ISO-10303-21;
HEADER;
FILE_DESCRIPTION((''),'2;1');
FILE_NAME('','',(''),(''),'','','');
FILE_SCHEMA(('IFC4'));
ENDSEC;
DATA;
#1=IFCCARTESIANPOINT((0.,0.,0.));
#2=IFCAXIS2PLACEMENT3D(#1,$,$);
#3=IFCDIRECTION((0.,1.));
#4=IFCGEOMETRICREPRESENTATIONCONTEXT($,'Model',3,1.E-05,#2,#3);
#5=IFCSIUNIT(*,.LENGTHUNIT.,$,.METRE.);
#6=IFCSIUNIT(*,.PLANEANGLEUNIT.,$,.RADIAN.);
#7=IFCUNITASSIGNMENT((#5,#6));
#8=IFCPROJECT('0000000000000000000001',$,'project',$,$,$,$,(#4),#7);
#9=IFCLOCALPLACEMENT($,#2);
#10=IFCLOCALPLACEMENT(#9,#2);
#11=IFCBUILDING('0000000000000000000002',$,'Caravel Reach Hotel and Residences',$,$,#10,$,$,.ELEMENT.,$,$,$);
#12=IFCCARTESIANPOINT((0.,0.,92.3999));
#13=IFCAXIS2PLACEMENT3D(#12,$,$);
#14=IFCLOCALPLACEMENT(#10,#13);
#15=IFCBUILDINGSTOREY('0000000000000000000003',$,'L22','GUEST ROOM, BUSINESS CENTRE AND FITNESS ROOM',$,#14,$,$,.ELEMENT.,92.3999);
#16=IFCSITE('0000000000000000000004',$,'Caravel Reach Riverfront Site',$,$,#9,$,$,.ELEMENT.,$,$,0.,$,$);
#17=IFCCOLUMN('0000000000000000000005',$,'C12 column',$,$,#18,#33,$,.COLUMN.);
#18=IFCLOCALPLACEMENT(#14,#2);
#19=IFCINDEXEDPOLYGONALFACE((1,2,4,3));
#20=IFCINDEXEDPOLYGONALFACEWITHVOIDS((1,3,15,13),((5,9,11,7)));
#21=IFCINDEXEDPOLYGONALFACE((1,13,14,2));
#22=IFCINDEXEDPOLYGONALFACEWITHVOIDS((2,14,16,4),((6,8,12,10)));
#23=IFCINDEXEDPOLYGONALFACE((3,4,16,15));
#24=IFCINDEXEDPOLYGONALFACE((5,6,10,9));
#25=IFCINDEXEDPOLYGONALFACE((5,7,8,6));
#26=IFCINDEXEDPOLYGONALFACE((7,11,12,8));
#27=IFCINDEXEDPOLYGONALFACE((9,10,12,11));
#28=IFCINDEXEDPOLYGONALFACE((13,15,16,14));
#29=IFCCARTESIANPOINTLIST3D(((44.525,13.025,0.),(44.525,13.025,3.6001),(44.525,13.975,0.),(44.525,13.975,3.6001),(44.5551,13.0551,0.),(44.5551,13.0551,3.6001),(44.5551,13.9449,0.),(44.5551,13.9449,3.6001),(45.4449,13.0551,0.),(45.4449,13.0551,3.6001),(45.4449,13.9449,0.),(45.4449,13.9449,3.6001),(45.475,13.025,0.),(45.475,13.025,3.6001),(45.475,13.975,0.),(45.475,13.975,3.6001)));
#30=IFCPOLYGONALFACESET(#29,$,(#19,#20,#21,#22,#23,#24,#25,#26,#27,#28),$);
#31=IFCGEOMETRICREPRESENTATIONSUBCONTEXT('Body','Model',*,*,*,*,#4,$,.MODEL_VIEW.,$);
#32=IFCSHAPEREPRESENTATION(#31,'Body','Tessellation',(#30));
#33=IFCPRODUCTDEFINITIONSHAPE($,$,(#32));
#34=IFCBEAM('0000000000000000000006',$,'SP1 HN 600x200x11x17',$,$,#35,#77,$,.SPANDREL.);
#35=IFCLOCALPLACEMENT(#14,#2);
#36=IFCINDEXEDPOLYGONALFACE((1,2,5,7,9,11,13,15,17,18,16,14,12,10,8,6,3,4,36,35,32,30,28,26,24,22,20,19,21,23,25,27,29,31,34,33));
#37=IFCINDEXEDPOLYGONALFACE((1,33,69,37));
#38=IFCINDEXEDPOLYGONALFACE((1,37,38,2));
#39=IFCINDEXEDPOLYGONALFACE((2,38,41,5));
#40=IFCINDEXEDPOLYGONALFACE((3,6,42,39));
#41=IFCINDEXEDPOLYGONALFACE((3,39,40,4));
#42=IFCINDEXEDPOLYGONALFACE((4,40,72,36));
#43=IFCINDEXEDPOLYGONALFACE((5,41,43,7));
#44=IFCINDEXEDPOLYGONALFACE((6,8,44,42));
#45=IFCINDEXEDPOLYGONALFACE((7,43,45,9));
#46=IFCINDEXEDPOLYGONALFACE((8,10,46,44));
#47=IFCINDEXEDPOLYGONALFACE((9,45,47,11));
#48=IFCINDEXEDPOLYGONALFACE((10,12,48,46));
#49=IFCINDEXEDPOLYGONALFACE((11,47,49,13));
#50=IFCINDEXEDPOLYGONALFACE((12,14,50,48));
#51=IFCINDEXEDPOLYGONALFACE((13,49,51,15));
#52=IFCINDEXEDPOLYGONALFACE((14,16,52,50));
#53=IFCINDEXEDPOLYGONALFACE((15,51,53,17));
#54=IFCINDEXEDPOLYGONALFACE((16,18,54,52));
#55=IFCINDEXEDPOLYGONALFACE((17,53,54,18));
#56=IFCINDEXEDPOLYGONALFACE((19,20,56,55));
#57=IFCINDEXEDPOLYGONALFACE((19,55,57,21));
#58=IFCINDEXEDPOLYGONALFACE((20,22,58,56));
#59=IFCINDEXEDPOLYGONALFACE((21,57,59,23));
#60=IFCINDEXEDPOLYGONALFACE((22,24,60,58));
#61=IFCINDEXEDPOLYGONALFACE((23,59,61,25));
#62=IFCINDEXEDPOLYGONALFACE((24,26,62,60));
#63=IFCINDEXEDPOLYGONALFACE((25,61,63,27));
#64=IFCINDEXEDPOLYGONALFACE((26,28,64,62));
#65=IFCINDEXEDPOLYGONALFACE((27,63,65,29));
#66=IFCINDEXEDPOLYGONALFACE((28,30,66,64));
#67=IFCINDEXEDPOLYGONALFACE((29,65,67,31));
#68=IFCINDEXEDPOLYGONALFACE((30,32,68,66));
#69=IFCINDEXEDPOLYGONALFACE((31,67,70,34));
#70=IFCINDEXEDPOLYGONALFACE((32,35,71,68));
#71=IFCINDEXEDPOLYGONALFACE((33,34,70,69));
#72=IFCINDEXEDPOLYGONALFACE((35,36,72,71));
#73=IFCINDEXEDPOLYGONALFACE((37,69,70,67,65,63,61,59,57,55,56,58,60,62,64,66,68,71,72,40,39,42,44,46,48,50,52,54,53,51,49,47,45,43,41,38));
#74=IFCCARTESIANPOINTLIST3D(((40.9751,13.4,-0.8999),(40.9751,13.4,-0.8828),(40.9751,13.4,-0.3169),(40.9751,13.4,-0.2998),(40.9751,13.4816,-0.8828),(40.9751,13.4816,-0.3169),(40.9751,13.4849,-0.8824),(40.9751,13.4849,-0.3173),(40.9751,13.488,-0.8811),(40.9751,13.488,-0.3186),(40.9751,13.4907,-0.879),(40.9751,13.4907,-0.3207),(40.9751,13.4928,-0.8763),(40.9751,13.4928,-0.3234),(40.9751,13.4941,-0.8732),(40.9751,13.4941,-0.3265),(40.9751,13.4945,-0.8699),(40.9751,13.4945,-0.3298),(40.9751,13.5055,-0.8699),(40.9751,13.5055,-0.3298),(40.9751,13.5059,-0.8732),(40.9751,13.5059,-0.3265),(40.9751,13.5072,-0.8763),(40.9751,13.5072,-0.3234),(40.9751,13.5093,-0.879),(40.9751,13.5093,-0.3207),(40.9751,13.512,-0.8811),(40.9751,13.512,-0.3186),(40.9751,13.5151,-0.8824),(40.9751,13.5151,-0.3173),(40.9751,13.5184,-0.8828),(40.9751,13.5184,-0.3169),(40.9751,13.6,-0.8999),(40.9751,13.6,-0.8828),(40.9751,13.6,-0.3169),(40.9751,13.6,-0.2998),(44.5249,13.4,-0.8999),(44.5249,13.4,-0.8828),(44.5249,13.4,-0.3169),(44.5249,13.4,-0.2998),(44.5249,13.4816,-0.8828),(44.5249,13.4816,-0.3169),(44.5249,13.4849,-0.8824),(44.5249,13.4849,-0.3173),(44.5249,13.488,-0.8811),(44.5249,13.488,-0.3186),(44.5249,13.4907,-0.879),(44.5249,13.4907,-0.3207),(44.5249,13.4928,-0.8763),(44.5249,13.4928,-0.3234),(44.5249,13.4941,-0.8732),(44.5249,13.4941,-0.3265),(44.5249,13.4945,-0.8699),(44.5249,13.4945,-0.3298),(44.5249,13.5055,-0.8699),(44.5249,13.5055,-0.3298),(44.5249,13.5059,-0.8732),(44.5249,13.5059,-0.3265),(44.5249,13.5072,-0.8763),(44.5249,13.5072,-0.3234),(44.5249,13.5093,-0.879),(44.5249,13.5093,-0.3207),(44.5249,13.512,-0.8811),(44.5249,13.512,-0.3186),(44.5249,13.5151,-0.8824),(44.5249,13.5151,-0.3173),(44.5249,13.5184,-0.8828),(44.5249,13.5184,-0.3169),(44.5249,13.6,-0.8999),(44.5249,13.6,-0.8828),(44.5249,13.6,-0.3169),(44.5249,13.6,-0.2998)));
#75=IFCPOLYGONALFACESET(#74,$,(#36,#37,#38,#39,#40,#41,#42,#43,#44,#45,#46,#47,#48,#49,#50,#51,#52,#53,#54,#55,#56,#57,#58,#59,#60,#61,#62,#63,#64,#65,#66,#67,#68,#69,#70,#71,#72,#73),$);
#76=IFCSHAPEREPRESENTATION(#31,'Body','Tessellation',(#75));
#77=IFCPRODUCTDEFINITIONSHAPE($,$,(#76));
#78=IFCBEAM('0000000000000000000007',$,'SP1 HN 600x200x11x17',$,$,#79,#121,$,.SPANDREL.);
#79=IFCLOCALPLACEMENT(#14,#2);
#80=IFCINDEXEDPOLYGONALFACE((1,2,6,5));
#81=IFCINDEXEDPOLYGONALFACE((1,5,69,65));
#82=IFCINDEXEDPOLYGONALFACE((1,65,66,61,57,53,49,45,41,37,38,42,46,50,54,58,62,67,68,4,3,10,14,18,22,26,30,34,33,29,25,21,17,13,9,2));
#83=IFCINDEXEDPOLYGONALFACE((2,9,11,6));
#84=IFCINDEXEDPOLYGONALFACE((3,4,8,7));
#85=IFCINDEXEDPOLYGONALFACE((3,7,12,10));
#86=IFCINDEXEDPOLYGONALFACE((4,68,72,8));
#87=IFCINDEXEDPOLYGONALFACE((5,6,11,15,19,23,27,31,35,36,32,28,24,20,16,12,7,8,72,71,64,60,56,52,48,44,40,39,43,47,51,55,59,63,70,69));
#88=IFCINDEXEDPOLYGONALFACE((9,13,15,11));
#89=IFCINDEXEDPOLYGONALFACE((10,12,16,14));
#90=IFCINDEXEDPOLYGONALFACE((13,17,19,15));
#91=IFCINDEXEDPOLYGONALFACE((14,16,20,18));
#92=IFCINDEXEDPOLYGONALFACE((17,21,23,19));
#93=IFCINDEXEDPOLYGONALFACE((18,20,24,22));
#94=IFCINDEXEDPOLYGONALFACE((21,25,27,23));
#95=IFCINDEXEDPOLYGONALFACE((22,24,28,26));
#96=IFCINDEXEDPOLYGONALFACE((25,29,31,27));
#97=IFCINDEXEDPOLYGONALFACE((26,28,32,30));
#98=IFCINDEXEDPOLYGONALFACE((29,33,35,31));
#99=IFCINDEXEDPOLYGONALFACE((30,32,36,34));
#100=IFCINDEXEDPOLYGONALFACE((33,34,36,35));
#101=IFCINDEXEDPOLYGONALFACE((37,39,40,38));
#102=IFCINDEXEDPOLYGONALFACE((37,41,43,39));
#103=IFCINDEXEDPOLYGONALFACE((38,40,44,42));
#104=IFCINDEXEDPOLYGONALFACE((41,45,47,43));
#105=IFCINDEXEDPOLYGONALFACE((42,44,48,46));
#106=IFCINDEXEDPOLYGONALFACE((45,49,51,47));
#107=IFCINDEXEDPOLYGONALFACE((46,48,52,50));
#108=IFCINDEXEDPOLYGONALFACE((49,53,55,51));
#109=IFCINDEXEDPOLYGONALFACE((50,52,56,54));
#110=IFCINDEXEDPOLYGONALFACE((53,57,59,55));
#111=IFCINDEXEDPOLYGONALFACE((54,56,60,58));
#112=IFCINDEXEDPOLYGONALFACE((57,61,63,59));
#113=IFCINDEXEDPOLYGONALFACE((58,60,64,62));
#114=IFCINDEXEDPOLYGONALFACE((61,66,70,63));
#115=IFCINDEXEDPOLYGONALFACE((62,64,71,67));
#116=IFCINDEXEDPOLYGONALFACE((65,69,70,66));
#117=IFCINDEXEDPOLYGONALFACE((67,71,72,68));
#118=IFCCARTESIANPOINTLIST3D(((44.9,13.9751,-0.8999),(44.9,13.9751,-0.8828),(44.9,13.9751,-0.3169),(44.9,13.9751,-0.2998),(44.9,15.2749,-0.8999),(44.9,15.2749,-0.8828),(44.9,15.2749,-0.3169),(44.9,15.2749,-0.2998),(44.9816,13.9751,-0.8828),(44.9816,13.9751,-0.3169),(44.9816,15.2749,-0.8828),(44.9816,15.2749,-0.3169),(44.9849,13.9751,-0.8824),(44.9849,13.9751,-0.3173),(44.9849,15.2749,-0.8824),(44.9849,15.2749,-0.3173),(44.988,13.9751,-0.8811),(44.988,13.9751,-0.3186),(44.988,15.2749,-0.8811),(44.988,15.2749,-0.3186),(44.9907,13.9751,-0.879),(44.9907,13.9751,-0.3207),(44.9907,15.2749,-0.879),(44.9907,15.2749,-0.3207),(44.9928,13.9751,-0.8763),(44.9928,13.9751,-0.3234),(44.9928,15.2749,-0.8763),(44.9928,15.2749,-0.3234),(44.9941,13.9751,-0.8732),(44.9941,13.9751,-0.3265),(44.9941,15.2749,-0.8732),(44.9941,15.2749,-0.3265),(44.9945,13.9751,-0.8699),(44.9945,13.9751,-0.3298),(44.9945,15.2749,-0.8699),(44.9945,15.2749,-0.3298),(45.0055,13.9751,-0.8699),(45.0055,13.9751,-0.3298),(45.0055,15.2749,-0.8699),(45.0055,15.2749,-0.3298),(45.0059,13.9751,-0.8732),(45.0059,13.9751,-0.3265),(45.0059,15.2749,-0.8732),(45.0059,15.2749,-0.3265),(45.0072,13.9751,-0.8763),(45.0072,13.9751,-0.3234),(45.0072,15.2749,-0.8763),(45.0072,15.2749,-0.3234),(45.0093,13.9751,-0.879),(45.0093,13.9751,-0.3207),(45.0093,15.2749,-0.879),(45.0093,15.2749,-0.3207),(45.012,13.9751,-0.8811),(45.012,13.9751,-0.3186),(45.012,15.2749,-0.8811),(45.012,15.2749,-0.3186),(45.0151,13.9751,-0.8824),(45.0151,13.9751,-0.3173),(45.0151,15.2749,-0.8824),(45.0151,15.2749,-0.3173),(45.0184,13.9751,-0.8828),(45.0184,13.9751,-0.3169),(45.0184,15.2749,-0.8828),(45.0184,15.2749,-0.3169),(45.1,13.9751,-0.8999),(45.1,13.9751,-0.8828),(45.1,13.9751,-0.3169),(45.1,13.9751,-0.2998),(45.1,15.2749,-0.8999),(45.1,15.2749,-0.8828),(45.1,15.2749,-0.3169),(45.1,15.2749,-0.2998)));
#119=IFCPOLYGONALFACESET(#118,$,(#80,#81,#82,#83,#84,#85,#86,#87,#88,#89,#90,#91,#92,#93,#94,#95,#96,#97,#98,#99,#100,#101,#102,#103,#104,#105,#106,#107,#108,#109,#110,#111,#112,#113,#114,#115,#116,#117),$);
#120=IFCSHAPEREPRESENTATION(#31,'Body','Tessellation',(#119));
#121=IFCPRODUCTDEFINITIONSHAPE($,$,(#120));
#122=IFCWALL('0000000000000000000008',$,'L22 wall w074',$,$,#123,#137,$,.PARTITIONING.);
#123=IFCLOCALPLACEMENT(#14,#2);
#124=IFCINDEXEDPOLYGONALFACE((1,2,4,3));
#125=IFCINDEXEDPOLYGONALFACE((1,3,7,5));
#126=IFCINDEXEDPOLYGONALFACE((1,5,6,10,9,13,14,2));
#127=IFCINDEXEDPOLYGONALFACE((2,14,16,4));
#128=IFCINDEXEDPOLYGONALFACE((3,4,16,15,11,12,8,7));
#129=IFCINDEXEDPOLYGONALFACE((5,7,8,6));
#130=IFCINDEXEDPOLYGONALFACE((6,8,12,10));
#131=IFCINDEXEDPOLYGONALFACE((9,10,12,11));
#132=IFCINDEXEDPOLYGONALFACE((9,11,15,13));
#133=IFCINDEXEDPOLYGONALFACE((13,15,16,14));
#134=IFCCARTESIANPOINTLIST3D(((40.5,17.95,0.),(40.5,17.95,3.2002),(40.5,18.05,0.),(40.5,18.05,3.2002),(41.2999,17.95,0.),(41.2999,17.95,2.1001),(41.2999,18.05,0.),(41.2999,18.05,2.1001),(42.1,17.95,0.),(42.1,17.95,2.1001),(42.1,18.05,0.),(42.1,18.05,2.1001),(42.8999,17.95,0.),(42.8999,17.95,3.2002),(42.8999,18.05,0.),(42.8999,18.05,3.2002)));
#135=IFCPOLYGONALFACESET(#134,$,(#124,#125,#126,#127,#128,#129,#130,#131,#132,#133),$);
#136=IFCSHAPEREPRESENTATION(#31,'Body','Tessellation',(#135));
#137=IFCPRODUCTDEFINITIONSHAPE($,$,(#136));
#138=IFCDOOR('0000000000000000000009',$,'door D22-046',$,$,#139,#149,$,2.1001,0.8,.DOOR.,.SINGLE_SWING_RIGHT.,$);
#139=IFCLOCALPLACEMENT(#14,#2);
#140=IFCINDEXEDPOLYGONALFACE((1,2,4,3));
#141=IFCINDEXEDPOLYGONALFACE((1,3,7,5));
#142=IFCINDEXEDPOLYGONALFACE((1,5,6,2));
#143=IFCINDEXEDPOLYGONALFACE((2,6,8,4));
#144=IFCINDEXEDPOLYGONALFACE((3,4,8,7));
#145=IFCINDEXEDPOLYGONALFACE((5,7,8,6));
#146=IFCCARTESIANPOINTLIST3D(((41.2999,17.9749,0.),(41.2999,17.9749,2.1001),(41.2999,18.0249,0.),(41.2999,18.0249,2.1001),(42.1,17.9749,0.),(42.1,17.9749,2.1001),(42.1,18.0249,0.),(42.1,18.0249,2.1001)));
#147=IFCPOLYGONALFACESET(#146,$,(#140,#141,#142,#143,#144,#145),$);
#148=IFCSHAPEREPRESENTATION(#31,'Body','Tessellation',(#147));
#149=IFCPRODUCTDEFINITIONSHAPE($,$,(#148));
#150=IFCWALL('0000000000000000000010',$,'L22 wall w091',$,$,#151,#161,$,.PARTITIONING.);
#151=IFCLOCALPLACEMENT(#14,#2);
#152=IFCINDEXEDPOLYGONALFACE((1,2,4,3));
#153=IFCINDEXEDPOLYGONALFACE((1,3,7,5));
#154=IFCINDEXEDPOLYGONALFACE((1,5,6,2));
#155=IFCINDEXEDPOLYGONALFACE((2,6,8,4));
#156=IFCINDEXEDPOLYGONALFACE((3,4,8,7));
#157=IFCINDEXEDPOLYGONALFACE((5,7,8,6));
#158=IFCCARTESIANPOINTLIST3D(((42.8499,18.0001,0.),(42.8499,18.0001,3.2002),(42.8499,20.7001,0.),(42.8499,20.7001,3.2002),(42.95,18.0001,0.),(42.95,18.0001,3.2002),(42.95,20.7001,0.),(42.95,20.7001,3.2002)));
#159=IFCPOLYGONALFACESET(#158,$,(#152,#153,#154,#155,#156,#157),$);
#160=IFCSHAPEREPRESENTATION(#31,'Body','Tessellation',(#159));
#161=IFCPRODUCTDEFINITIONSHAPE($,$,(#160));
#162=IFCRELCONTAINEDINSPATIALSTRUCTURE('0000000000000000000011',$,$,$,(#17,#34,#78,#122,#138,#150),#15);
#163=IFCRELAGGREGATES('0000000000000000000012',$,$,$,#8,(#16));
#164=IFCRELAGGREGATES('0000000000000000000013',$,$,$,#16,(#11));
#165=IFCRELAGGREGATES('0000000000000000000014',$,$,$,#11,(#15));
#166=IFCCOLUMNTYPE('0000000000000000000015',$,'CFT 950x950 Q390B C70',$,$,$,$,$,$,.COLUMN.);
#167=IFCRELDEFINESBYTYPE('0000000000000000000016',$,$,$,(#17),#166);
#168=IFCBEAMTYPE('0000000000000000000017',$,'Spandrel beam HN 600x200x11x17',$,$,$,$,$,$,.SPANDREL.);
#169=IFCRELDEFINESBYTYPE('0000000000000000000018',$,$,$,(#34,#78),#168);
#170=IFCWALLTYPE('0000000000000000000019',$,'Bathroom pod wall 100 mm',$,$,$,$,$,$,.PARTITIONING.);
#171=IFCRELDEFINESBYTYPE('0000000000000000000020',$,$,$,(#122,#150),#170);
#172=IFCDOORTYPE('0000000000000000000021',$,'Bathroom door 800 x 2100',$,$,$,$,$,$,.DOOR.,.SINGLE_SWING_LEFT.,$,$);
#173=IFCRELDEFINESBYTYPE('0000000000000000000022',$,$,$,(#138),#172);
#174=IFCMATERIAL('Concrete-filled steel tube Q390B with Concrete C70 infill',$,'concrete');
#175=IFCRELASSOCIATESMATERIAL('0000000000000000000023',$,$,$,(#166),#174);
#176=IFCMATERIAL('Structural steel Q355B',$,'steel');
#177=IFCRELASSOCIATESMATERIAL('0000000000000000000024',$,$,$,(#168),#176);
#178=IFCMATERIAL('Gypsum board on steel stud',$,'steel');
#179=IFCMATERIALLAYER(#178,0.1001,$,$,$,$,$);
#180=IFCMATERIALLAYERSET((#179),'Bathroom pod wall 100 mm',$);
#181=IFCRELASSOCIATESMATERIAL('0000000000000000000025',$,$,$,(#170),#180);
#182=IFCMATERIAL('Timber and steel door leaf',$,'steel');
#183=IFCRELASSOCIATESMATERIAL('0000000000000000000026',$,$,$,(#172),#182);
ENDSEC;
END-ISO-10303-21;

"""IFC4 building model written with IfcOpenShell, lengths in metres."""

from ifc_helpers import new_model, si_unit, direction, frame, frame_2d, origin, origin_2d, place, context, subcontext, project, spatial, rectangle, hollow_rectangle, i_section, extrude, material, layer, layer_set, material_profile, profile_set, type_object, element, fill, save


model = new_model("IFC4")

# Units and contexts
model_context = context("Model", 3, precision=1e-05, world=origin(), true_north=direction((0.0, 1.0)))
body_context = subcontext(model_context, "Body", "Model", "MODEL_VIEW")
ifc_project = project(units=[si_unit("LENGTHUNIT", "METRE"), si_unit("PLANEANGLEUNIT", "RADIAN")], contexts=[model_context])

# Site, building, storey
site_placement = place(None, origin())
site = spatial("IfcSite", under=ifc_project, at=site_placement, Name="Caravel Reach Riverfront Site", CompositionType="ELEMENT", RefElevation=0.0)
building_placement = place(site_placement, origin())
building = spatial("IfcBuilding", under=site, at=building_placement, Name="Caravel Reach Hotel and Residences", CompositionType="ELEMENT")
storey_placement = place(building_placement, frame((0.0, 0.0, 92.3999)))
storey = spatial("IfcBuildingStorey", under=building, at=storey_placement, Name="L22", Description="GUEST ROOM, BUSINESS CENTRE AND FITNESS ROOM", CompositionType="ELEMENT", Elevation=92.3999)

# Column
ifc_material_1 = material(Name="Concrete-filled steel tube Q390B with Concrete C70 infill", Category="concrete")
ifc_material_profile_1 = material_profile(ifc_material_1, hollow_rectangle(XDim=0.95, YDim=0.95, WallThickness=0.03, at=origin_2d()), Name="RHS 950x950x30")
ifc_profile_set_1 = profile_set([ifc_material_profile_1], Name="Concrete-filled steel tube Q390B with Concrete C70 infill")
column_type = type_object("IfcColumnType", Name="CFT 950x950 Q390B C70", PredefinedType="COLUMN", material=ifc_profile_set_1)
column_placement = place(storey_placement, frame((45.0, 13.5, 0.0), z_axis=(0.0, 0.0, 1.0), x_axis=(1.0, 0.0, 0.0)))
element("IfcColumn", 1, at=column_placement, inside=storey, type_object=column_type, Name="C12 column", PredefinedType="COLUMN", context=body_context, shape_type="SweptSolid", body=[
    extrude(hollow_rectangle(XDim=0.95, YDim=0.95, WallThickness=0.03, at=origin_2d()), origin(), (0.0, 0.0, 1.0), 3.6001),
])

# Beams
ifc_material_2 = material(Name="Structural steel Q355B", Category="steel")
ifc_material_profile_2 = material_profile(ifc_material_2, i_section(OverallWidth=0.2, OverallDepth=0.6001, WebThickness=0.011, FlangeThickness=0.0171, FilletRadius=0.0129, at=origin_2d()), Name="HN 600x200x11x17")
ifc_profile_set_2 = profile_set([ifc_material_profile_2], Name="Structural steel Q355B")
beam_type = type_object("IfcBeamType", Name="Spandrel beam HN 600x200x11x17", PredefinedType="SPANDREL", material=ifc_profile_set_2)
beam_1_placement = place(storey_placement, frame((40.9751, 13.5, -0.5999), z_axis=(1.0, 0.0, 0.0), x_axis=(0.0, 1.0, 0.0)))
element("IfcBeam", 2, at=beam_1_placement, inside=storey, type_object=beam_type, Name="SP1 HN 600x200x11x17", PredefinedType="SPANDREL", context=body_context, shape_type="SweptSolid", body=[
    extrude(i_section(OverallWidth=0.2, OverallDepth=0.6001, WebThickness=0.011, FlangeThickness=0.0171, FilletRadius=0.0129, at=origin_2d()), origin(), (0.0, 0.0, 1.0), 3.5498),
])
beam_2_placement = place(storey_placement, frame((45.0, 13.9751, -0.5999), z_axis=(0.0, 1.0, 0.0), x_axis=(-1.0, 0.0, 0.0)))
element("IfcBeam", 3, at=beam_2_placement, inside=storey, type_object=beam_type, Name="SP1 HN 600x200x11x17", PredefinedType="SPANDREL", context=body_context, shape_type="SweptSolid", body=[
    extrude(i_section(OverallWidth=0.2, OverallDepth=0.6001, WebThickness=0.011, FlangeThickness=0.0171, FilletRadius=0.0129, at=origin_2d()), origin(), (0.0, 0.0, 1.0), 1.2998),
])

# Wall, opening, door
ifc_material_3 = material(Name="Gypsum board on steel stud", Category="steel")
ifc_layer_1 = layer(ifc_material_3, 0.1001)
ifc_layer_set_1 = layer_set([ifc_layer_1], Name="Bathroom pod wall 100 mm")
wall_type_1 = type_object("IfcWallType", Name="Bathroom pod wall 100 mm", PredefinedType="PARTITIONING", material=ifc_layer_set_1)
wall_1_placement = place(storey_placement, frame((40.5, 18.0, 0.0), z_axis=(0.0, 0.0, 1.0), x_axis=(1.0, 0.0, 0.0)))
wall_1 = element("IfcWall", 4, at=wall_1_placement, inside=storey, type_object=wall_type_1, Name="L22 wall w074", PredefinedType="PARTITIONING", context=body_context, shape_type="SweptSolid", body=[
    extrude(rectangle(XDim=2.3999, YDim=0.1001, at=frame_2d((1.2, 0.0))), origin(), (0.0, 0.0, 1.0), 3.2002),
])
opening_1_placement = place(wall_1_placement, frame((0.8, 0.0, 0.0)))
opening_1 = element("IfcOpeningElement", 5, at=opening_1_placement, cuts=wall_1, PredefinedType="OPENING", context=body_context, shape_type="SweptSolid", body=[
    extrude(rectangle(XDim=0.8, YDim=2.1001, at=frame_2d((0.3999, 1.05))), frame((0.0, 0.0601, 0.0), z_axis=(0.0, -1.0, 0.0), x_axis=(1.0, 0.0, 0.0)), (0.0, 0.0, 1.0), 0.1201),
])
ifc_material_4 = material(Name="Timber and steel door leaf", Category="steel")
door_type_1 = type_object("IfcDoorType", Name="Bathroom door 800 x 2100", OperationType="SINGLE_SWING_LEFT", PredefinedType="DOOR", material=ifc_material_4)
door_1_placement = place(opening_1_placement, origin())
door_1 = element("IfcDoor", 6, at=door_1_placement, inside=storey, type_object=door_type_1, Name="door D22-046", OperationType="SINGLE_SWING_RIGHT", OverallHeight=2.1001, OverallWidth=0.8, PredefinedType="DOOR", context=body_context, shape_type="SweptSolid", body=[
    extrude(rectangle(XDim=0.8, YDim=2.1001, at=frame_2d((0.3999, 1.05))), frame((0.0, 0.0249, 0.0), z_axis=(0.0, -1.0, 0.0), x_axis=(1.0, 0.0, 0.0)), (0.0, 0.0, 1.0), 0.05),
])
fill(opening_1, door_1)

# Wall
wall_2_placement = place(storey_placement, frame((42.8999, 18.0, 0.0), z_axis=(0.0, 0.0, 1.0), x_axis=(0.0, 1.0, 0.0)))
element("IfcWall", 7, at=wall_2_placement, inside=storey, type_object=wall_type_1, Name="L22 wall w091", PredefinedType="PARTITIONING", context=body_context, shape_type="SweptSolid", body=[
    extrude(rectangle(XDim=2.7, YDim=0.1001, at=frame_2d((1.3501, 0.0))), origin(), (0.0, 0.0, 1.0), 3.2002),
])

save(model, "model.ifc")
